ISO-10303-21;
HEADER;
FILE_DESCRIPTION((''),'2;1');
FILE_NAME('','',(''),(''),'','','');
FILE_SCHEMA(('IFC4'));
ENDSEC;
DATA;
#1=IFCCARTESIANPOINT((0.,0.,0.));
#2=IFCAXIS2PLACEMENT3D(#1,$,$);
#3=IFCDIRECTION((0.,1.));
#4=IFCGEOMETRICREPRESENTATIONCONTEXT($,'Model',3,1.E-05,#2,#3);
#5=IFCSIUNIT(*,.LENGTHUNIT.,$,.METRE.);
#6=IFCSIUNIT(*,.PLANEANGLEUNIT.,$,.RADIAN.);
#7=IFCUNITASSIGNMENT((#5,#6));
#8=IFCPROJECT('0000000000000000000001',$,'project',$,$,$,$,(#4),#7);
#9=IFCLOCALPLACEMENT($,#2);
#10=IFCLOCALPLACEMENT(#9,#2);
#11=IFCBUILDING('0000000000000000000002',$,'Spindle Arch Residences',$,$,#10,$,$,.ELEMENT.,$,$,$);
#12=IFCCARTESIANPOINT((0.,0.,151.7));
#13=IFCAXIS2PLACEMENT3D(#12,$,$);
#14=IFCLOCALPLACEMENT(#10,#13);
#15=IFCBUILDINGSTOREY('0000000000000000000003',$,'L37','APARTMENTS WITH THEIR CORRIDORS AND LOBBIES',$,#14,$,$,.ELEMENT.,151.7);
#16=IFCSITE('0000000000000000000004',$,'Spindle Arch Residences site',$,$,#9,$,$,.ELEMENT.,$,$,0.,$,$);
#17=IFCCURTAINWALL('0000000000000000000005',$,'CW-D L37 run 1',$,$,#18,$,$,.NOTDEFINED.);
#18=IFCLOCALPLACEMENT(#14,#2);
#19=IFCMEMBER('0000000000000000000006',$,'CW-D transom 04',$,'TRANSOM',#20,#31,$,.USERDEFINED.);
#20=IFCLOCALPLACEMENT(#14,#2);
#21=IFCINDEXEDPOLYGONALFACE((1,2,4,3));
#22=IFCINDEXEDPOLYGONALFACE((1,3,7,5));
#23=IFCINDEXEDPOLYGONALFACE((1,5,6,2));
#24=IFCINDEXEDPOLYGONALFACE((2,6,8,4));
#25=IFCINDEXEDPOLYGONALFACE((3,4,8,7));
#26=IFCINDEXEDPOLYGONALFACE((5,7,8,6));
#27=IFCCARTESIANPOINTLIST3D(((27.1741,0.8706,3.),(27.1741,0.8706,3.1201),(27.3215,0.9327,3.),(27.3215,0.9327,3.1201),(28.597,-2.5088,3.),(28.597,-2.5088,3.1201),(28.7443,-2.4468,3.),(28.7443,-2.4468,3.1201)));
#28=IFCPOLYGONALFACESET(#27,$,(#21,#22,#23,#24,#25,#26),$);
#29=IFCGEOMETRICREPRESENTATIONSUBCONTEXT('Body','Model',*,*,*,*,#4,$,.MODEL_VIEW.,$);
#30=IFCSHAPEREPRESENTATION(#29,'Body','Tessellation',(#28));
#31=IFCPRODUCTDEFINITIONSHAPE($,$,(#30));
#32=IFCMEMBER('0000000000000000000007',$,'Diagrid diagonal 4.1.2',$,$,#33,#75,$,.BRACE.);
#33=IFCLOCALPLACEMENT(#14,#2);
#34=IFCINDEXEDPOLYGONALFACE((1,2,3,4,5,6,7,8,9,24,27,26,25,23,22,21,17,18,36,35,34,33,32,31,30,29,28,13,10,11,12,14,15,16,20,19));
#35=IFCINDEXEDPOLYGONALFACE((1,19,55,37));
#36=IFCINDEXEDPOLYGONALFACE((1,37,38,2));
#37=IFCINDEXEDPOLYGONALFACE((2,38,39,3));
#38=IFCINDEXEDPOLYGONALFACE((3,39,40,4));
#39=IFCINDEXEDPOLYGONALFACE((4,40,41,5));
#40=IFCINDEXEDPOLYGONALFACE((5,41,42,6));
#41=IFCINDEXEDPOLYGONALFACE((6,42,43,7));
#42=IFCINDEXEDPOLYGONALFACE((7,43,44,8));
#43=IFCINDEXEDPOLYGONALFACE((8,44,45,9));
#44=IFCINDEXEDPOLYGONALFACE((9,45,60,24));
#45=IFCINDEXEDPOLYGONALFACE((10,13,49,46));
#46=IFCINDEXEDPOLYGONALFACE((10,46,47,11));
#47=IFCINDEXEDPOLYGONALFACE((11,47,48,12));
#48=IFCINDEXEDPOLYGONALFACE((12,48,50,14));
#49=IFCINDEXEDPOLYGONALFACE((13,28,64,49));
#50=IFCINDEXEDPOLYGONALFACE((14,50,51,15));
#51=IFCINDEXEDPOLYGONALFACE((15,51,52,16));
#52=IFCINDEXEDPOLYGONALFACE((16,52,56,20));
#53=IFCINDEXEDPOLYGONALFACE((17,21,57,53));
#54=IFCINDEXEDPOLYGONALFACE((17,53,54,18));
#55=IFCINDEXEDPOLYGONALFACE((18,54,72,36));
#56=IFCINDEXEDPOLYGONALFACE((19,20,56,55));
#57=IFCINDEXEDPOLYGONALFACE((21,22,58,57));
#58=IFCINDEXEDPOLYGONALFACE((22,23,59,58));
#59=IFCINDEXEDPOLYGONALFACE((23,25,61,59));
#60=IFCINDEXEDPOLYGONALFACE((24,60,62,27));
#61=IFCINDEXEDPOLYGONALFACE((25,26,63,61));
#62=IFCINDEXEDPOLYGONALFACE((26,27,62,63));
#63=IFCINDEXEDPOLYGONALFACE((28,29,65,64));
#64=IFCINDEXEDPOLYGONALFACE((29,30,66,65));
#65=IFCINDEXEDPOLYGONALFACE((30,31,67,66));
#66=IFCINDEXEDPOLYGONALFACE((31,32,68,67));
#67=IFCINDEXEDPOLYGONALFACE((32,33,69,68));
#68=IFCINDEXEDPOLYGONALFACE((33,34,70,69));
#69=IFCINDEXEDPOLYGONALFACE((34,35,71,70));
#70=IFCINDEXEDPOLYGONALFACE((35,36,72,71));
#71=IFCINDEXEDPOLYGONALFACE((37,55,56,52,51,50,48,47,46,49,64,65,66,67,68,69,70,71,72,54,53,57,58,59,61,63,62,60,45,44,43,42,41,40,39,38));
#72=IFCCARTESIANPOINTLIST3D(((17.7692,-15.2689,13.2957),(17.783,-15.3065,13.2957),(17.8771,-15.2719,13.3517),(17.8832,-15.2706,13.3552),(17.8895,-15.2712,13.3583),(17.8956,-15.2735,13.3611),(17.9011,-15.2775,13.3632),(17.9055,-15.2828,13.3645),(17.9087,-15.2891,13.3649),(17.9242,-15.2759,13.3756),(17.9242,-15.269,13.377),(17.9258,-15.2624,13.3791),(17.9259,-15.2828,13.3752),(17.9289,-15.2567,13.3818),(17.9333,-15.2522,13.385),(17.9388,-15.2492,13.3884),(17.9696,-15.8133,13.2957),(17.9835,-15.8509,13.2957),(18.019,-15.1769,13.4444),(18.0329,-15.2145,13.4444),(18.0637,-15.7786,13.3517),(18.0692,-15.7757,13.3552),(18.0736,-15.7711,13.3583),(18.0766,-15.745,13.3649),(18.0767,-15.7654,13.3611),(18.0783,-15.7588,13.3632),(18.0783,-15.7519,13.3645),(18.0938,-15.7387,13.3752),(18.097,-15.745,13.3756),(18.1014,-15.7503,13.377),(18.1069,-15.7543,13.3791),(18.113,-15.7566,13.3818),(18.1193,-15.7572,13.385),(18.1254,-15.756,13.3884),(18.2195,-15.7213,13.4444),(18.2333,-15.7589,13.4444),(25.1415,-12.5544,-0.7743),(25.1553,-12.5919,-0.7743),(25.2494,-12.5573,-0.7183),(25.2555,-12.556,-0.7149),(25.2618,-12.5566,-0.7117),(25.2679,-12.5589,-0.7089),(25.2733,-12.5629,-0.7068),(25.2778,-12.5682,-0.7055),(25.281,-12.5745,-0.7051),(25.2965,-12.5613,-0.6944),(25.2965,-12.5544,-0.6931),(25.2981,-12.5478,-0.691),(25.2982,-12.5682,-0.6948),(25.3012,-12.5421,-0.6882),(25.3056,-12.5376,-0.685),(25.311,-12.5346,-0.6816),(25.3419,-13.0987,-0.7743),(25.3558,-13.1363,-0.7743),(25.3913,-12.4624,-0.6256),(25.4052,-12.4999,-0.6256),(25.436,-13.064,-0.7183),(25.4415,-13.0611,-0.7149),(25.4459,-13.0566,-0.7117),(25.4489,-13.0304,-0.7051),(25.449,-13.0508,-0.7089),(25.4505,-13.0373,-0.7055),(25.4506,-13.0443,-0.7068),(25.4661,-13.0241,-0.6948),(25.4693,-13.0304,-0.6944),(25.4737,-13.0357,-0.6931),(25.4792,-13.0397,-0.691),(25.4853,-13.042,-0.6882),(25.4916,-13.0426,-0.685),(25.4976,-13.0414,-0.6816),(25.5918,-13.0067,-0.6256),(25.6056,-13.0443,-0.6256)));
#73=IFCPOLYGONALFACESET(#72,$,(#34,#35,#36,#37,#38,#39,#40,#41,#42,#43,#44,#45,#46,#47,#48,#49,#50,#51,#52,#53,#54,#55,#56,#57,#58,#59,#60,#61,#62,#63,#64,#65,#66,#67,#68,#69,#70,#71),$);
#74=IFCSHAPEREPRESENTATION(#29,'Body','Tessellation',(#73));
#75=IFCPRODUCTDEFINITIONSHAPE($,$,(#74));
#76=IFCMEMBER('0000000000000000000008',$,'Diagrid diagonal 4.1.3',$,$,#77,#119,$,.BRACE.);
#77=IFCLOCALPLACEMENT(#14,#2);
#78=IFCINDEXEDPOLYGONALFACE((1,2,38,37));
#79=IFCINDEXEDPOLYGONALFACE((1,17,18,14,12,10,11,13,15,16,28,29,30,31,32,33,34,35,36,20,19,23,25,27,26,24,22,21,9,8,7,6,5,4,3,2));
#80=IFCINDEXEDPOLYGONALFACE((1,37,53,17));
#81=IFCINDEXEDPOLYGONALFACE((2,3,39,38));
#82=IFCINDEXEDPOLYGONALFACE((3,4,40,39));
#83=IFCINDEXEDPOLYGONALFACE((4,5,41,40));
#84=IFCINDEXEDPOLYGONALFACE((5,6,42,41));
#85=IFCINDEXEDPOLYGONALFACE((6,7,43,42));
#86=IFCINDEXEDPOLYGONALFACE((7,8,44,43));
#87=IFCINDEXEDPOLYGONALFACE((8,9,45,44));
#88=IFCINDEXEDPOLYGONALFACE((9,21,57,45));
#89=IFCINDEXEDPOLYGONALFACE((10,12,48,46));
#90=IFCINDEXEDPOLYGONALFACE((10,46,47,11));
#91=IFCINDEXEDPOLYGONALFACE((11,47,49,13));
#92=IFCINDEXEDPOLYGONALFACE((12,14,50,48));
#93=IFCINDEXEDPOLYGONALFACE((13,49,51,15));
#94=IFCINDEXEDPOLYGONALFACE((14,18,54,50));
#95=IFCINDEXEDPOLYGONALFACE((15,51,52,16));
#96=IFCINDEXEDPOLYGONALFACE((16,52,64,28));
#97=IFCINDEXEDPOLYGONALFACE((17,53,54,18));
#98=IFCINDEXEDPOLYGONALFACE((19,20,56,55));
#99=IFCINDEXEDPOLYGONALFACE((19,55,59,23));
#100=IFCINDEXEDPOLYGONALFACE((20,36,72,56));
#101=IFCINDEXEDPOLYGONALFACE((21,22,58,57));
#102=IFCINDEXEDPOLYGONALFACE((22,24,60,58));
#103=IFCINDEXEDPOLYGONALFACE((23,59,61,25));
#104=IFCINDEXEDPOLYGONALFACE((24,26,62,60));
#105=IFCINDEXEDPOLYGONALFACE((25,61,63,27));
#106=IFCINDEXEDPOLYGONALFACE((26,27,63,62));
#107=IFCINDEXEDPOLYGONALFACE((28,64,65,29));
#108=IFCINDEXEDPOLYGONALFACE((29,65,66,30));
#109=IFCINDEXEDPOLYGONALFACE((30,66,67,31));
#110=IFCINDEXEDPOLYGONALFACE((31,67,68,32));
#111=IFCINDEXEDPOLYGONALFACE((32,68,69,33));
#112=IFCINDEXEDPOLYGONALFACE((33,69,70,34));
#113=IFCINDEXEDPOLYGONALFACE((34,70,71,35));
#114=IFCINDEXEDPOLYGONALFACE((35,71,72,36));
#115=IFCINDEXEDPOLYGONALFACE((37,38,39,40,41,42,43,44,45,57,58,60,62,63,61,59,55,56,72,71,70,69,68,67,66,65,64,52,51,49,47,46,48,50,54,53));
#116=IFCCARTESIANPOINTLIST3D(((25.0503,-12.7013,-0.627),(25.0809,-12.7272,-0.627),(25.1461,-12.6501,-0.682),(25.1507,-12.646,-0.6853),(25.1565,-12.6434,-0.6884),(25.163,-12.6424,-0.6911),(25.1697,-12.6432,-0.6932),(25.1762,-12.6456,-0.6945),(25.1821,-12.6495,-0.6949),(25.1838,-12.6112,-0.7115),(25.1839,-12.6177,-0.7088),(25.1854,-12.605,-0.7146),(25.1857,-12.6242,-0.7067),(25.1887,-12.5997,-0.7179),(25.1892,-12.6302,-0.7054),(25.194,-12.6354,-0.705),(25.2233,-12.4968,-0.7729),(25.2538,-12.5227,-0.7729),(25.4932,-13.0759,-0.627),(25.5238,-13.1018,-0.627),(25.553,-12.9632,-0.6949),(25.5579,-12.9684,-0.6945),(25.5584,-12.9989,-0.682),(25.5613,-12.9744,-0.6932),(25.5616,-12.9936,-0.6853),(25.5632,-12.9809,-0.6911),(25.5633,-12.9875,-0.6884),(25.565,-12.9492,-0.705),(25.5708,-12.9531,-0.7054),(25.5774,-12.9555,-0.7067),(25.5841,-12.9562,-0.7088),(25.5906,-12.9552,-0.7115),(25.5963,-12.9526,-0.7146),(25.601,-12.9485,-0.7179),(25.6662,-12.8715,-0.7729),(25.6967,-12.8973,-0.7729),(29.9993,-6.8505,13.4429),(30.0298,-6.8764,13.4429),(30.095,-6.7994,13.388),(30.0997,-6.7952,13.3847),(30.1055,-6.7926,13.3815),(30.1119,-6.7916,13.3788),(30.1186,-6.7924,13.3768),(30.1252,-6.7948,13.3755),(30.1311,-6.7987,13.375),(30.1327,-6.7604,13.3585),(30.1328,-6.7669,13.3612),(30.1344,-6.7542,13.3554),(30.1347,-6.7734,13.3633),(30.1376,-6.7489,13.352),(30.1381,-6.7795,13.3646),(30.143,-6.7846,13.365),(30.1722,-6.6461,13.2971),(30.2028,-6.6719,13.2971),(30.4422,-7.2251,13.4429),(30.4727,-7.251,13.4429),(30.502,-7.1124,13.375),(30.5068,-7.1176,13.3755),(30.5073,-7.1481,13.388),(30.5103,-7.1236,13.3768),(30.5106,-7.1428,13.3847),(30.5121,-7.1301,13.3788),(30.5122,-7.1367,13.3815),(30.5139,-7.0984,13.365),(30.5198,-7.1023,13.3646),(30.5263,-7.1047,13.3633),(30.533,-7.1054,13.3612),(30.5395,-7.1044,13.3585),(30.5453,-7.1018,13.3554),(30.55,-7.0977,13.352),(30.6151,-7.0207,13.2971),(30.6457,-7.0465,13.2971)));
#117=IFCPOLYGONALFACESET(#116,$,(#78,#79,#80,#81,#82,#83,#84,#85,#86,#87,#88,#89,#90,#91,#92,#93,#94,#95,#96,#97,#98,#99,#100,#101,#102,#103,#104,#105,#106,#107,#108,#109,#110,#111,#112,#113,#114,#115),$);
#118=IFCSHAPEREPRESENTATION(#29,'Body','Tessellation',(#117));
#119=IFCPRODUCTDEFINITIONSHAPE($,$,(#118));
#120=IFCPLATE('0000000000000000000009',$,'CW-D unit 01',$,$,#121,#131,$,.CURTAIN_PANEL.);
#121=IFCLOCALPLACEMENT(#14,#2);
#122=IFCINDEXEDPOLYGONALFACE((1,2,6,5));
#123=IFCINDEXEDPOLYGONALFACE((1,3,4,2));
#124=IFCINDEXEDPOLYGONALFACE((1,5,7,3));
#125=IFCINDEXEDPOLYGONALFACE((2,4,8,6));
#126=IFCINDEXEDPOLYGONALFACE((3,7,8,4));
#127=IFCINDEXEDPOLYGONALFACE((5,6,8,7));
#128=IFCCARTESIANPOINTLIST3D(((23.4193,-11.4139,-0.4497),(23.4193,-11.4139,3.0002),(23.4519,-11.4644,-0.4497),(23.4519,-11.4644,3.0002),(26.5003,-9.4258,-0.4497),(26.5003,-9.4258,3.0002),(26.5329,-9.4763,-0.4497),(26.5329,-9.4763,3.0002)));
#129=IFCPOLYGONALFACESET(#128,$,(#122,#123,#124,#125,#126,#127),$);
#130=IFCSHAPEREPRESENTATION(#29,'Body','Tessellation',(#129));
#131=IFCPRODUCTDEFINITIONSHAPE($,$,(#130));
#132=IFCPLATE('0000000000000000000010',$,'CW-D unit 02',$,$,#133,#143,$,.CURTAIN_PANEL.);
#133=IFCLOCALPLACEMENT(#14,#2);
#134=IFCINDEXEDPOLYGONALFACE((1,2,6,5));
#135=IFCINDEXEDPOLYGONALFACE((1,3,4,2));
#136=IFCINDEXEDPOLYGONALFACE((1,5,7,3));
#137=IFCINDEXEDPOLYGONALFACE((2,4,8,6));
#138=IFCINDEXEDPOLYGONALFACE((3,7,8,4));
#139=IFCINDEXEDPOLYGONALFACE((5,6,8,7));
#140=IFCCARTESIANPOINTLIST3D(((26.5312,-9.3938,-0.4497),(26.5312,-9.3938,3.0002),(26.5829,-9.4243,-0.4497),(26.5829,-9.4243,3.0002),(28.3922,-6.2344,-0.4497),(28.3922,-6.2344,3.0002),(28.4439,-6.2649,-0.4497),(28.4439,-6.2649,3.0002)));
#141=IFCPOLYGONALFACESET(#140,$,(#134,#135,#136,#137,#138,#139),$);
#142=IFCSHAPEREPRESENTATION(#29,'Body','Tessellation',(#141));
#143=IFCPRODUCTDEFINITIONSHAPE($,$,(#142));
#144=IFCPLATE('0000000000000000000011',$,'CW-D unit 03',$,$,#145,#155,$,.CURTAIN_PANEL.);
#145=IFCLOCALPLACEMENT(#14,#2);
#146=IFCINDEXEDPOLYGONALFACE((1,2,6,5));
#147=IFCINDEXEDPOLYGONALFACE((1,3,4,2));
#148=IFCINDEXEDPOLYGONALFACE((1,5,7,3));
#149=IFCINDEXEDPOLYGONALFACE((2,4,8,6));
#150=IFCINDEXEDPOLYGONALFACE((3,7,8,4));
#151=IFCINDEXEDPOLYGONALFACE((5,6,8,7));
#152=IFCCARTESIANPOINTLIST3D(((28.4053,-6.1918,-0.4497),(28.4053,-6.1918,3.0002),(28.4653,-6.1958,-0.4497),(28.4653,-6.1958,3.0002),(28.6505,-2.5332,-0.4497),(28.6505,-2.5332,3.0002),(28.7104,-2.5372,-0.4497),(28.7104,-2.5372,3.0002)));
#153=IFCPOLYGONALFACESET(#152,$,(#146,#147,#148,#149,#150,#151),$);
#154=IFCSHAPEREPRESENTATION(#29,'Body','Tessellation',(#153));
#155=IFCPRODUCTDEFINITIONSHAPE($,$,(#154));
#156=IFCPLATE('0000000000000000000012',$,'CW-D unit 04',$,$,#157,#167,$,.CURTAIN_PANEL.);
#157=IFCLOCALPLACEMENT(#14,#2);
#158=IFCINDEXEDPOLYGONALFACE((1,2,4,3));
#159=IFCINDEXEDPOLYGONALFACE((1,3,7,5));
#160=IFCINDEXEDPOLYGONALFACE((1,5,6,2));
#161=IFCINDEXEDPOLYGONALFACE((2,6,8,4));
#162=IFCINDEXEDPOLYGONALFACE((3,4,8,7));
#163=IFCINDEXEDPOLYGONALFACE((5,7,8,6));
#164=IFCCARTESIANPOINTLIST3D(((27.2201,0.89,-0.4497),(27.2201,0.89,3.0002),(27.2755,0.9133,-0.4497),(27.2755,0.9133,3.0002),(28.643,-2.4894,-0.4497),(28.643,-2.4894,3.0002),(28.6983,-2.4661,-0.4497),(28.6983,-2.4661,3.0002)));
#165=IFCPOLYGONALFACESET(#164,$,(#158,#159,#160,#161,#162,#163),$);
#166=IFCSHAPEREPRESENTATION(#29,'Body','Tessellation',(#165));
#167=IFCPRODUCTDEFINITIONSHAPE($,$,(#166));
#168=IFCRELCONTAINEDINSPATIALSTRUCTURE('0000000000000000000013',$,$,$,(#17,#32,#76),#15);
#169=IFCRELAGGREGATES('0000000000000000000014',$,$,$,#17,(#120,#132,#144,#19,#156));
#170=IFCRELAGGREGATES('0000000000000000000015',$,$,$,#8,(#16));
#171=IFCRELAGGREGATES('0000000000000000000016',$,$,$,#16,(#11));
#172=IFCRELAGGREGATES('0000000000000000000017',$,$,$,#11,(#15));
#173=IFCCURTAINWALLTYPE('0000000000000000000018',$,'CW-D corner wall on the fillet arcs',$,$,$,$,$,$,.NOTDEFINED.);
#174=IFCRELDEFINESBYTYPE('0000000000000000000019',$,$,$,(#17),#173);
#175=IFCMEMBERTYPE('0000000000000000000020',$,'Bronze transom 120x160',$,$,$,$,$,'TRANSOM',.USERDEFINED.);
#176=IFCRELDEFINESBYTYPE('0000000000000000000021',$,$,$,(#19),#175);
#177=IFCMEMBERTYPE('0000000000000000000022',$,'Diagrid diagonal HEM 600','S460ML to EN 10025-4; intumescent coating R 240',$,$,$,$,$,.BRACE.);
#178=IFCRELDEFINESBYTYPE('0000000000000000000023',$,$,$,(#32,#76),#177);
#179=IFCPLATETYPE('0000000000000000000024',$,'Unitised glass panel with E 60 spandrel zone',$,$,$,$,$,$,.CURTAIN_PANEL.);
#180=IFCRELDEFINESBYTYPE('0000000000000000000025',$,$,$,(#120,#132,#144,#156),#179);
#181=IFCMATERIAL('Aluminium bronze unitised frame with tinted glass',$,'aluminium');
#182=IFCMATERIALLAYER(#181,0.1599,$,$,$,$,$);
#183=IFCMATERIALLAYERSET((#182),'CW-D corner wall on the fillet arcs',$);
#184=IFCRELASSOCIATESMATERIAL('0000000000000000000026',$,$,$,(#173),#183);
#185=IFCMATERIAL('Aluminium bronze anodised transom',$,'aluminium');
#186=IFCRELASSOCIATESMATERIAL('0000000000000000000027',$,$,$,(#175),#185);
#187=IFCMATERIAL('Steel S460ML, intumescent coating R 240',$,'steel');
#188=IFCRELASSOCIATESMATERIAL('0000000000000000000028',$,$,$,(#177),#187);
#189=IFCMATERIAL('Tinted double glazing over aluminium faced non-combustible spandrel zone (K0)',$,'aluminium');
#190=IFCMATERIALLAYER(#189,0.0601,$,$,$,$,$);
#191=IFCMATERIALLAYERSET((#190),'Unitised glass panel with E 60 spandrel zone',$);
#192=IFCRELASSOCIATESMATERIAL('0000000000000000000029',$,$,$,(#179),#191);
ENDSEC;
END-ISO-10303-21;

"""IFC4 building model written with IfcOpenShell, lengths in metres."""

from ifc_helpers import new_model, si_unit, direction, frame, origin, origin_2d, place, context, subcontext, project, spatial, rectangle, i_section, extrude, material, layer, layer_set, material_profile, profile_set, type_object, element, aggregate, save


model = new_model("IFC4")

# Units and contexts
model_context = context("Model", 3, precision=1e-05, world=origin(), true_north=direction((0.0, 1.0)))
body_context = subcontext(model_context, "Body", "Model", "MODEL_VIEW")
ifc_project = project(units=[si_unit("LENGTHUNIT", "METRE"), si_unit("PLANEANGLEUNIT", "RADIAN")], contexts=[model_context])

# Site, building, storey
site_placement = place(None, origin())
site = spatial("IfcSite", under=ifc_project, at=site_placement, Name="Spindle Arch Residences site", CompositionType="ELEMENT", RefElevation=0.0)
building_placement = place(site_placement, origin())
building = spatial("IfcBuilding", under=site, at=building_placement, Name="Spindle Arch Residences", CompositionType="ELEMENT")
storey_placement = place(building_placement, frame((0.0, 0.0, 151.7)))
storey = spatial("IfcBuildingStorey", under=building, at=storey_placement, Name="L37", Description="APARTMENTS WITH THEIR CORRIDORS AND LOBBIES", CompositionType="ELEMENT", Elevation=151.7)

# Curtain wall, member
ifc_material_1 = material(Name="Aluminium bronze unitised frame with tinted glass", Category="aluminium")
ifc_layer_1 = layer(ifc_material_1, 0.1599)
ifc_layer_set_1 = layer_set([ifc_layer_1], Name="CW-D corner wall on the fillet arcs")
curtain_wall_type = type_object("IfcCurtainWallType", Name="CW-D corner wall on the fillet arcs", PredefinedType="NOTDEFINED", material=ifc_layer_set_1)
curtain_wall_placement = place(storey_placement, origin())
curtain_wall = element("IfcCurtainWall", 1, at=curtain_wall_placement, inside=storey, type_object=curtain_wall_type, Name="CW-D L37 run 1", PredefinedType="NOTDEFINED")
ifc_material_2 = material(Name="Aluminium bronze anodised transom", Category="aluminium")
ifc_material_profile_1 = material_profile(ifc_material_2, rectangle(XDim=0.1599, YDim=0.1201, at=origin_2d()), Name="TR 120x160")
ifc_profile_set_1 = profile_set([ifc_material_profile_1], Name="Aluminium bronze anodised transom")
member_type_1 = type_object("IfcMemberType", Name="Bronze transom 120x160", ElementType="TRANSOM", PredefinedType="USERDEFINED", material=ifc_profile_set_1)
member_1_placement = place(storey_placement, frame((28.6707, -2.4778, 3.0601), z_axis=(-0.388045, 0.92164, 0.0), x_axis=(-0.92164, -0.388045, 0.0)))
member_1 = element("IfcMember", 2, at=member_1_placement, type_object=member_type_1, Name="CW-D transom 04", ObjectType="TRANSOM", PredefinedType="USERDEFINED", context=body_context, shape_type="SweptSolid", body=[
    extrude(rectangle(XDim=0.1599, YDim=0.1201, at=origin_2d()), origin(), (0.0, 0.0, 1.0), 3.6667),
])

# Members
ifc_material_3 = material(Name="Steel S460ML, intumescent coating R 240", Category="steel")
ifc_material_profile_2 = material_profile(ifc_material_3, i_section(OverallWidth=0.3049, OverallDepth=0.6201, WebThickness=0.021, FlangeThickness=0.04, FilletRadius=0.0271, at=origin_2d()), Name="HEM 600")
ifc_profile_set_2 = profile_set([ifc_material_profile_2], Name="Steel S460ML, intumescent coating R 240")
member_type_2 = type_object("IfcMemberType", Name="Diagrid diagonal HEM 600", Description="S460ML to EN 10025-4; intumescent coating R 240", PredefinedType="BRACE", material=ifc_profile_set_2)
member_2_placement = place(storey_placement, frame((25.3735, -12.7993, -0.7), z_axis=(-0.457487, -0.168454, 0.873114), x_axis=(0.819336, 0.301692, 0.487515)))
element("IfcMember", 3, at=member_2_placement, inside=storey, type_object=member_type_2, Name="Diagrid diagonal 4.1.2", PredefinedType="BRACE", context=body_context, shape_type="SweptSolid", body=[
    extrude(i_section(OverallWidth=0.3049, OverallDepth=0.6201, WebThickness=0.021, FlangeThickness=0.04, FilletRadius=0.0271, at=origin_2d()), origin(), (0.0, 0.0, 1.0), 16.1147),
])
member_3_placement = place(storey_placement, frame((25.3735, -12.7993, -0.7), z_axis=(0.308894, 0.365184, 0.878194), x_axis=(-0.567147, -0.670499, 0.478304)))
element("IfcMember", 4, at=member_3_placement, inside=storey, type_object=member_type_2, Name="Diagrid diagonal 4.1.3", PredefinedType="BRACE", context=body_context, shape_type="SweptSolid", body=[
    extrude(i_section(OverallWidth=0.3049, OverallDepth=0.6201, WebThickness=0.021, FlangeThickness=0.04, FilletRadius=0.0271, at=origin_2d()), origin(), (0.0, 0.0, 1.0), 16.0215),
])

# Plates
ifc_material_4 = material(Name="Tinted double glazing over aluminium faced non-combustible spandrel zone (K0)", Category="aluminium")
ifc_layer_2 = layer(ifc_material_4, 0.0601)
ifc_layer_set_2 = layer_set([ifc_layer_2], Name="Unitised glass panel with E 60 spandrel zone")
plate_type = type_object("IfcPlateType", Name="Unitised glass panel with E 60 spandrel zone", PredefinedType="CURTAIN_PANEL", material=ifc_layer_set_2)
plate_1_placement = place(storey_placement, frame((24.9761, -10.4451, -0.4497), z_axis=(0.0, 0.0, 1.0), x_axis=(0.840251, 0.542197, 0.0)))
plate_1 = element("IfcPlate", 5, at=plate_1_placement, type_object=plate_type, Name="CW-D unit 01", PredefinedType="CURTAIN_PANEL", context=body_context, shape_type="SweptSolid", body=[
    extrude(rectangle(XDim=3.6667, YDim=0.0601, at=origin_2d()), origin(), (0.0, 0.0, 1.0), 3.45),
])
plate_2_placement = place(storey_placement, frame((27.4875, -7.8293, -0.4497), z_axis=(0.0, 0.0, 1.0), x_axis=(0.507538, 0.861629, 0.0)))
plate_2 = element("IfcPlate", 6, at=plate_2_placement, type_object=plate_type, Name="CW-D unit 02", PredefinedType="CURTAIN_PANEL", context=body_context, shape_type="SweptSolid", body=[
    extrude(rectangle(XDim=3.6667, YDim=0.0601, at=origin_2d()), origin(), (0.0, 0.0, 1.0), 3.45),
])
plate_3_placement = place(storey_placement, frame((28.5579, -4.3645, -0.4497), z_axis=(0.0, 0.0, 1.0), x_axis=(0.066854, 0.997763, 0.0)))
plate_3 = element("IfcPlate", 7, at=plate_3_placement, type_object=plate_type, Name="CW-D unit 03", PredefinedType="CURTAIN_PANEL", context=body_context, shape_type="SweptSolid", body=[
    extrude(rectangle(XDim=3.6667, YDim=0.0601, at=origin_2d()), origin(), (0.0, 0.0, 1.0), 3.45),
])
plate_4_placement = place(storey_placement, frame((27.9592, -0.7881, -0.4497), z_axis=(0.0, 0.0, 1.0), x_axis=(-0.388052, 0.921638, 0.0)))
plate_4 = element("IfcPlate", 8, at=plate_4_placement, type_object=plate_type, Name="CW-D unit 04", PredefinedType="CURTAIN_PANEL", context=body_context, shape_type="SweptSolid", body=[
    extrude(rectangle(XDim=3.6667, YDim=0.0601, at=origin_2d()), origin(), (0.0, 0.0, 1.0), 3.45),
])
aggregate(curtain_wall, [plate_1, plate_2, plate_3, member_1, plate_4])

save(model, "model.ifc")
